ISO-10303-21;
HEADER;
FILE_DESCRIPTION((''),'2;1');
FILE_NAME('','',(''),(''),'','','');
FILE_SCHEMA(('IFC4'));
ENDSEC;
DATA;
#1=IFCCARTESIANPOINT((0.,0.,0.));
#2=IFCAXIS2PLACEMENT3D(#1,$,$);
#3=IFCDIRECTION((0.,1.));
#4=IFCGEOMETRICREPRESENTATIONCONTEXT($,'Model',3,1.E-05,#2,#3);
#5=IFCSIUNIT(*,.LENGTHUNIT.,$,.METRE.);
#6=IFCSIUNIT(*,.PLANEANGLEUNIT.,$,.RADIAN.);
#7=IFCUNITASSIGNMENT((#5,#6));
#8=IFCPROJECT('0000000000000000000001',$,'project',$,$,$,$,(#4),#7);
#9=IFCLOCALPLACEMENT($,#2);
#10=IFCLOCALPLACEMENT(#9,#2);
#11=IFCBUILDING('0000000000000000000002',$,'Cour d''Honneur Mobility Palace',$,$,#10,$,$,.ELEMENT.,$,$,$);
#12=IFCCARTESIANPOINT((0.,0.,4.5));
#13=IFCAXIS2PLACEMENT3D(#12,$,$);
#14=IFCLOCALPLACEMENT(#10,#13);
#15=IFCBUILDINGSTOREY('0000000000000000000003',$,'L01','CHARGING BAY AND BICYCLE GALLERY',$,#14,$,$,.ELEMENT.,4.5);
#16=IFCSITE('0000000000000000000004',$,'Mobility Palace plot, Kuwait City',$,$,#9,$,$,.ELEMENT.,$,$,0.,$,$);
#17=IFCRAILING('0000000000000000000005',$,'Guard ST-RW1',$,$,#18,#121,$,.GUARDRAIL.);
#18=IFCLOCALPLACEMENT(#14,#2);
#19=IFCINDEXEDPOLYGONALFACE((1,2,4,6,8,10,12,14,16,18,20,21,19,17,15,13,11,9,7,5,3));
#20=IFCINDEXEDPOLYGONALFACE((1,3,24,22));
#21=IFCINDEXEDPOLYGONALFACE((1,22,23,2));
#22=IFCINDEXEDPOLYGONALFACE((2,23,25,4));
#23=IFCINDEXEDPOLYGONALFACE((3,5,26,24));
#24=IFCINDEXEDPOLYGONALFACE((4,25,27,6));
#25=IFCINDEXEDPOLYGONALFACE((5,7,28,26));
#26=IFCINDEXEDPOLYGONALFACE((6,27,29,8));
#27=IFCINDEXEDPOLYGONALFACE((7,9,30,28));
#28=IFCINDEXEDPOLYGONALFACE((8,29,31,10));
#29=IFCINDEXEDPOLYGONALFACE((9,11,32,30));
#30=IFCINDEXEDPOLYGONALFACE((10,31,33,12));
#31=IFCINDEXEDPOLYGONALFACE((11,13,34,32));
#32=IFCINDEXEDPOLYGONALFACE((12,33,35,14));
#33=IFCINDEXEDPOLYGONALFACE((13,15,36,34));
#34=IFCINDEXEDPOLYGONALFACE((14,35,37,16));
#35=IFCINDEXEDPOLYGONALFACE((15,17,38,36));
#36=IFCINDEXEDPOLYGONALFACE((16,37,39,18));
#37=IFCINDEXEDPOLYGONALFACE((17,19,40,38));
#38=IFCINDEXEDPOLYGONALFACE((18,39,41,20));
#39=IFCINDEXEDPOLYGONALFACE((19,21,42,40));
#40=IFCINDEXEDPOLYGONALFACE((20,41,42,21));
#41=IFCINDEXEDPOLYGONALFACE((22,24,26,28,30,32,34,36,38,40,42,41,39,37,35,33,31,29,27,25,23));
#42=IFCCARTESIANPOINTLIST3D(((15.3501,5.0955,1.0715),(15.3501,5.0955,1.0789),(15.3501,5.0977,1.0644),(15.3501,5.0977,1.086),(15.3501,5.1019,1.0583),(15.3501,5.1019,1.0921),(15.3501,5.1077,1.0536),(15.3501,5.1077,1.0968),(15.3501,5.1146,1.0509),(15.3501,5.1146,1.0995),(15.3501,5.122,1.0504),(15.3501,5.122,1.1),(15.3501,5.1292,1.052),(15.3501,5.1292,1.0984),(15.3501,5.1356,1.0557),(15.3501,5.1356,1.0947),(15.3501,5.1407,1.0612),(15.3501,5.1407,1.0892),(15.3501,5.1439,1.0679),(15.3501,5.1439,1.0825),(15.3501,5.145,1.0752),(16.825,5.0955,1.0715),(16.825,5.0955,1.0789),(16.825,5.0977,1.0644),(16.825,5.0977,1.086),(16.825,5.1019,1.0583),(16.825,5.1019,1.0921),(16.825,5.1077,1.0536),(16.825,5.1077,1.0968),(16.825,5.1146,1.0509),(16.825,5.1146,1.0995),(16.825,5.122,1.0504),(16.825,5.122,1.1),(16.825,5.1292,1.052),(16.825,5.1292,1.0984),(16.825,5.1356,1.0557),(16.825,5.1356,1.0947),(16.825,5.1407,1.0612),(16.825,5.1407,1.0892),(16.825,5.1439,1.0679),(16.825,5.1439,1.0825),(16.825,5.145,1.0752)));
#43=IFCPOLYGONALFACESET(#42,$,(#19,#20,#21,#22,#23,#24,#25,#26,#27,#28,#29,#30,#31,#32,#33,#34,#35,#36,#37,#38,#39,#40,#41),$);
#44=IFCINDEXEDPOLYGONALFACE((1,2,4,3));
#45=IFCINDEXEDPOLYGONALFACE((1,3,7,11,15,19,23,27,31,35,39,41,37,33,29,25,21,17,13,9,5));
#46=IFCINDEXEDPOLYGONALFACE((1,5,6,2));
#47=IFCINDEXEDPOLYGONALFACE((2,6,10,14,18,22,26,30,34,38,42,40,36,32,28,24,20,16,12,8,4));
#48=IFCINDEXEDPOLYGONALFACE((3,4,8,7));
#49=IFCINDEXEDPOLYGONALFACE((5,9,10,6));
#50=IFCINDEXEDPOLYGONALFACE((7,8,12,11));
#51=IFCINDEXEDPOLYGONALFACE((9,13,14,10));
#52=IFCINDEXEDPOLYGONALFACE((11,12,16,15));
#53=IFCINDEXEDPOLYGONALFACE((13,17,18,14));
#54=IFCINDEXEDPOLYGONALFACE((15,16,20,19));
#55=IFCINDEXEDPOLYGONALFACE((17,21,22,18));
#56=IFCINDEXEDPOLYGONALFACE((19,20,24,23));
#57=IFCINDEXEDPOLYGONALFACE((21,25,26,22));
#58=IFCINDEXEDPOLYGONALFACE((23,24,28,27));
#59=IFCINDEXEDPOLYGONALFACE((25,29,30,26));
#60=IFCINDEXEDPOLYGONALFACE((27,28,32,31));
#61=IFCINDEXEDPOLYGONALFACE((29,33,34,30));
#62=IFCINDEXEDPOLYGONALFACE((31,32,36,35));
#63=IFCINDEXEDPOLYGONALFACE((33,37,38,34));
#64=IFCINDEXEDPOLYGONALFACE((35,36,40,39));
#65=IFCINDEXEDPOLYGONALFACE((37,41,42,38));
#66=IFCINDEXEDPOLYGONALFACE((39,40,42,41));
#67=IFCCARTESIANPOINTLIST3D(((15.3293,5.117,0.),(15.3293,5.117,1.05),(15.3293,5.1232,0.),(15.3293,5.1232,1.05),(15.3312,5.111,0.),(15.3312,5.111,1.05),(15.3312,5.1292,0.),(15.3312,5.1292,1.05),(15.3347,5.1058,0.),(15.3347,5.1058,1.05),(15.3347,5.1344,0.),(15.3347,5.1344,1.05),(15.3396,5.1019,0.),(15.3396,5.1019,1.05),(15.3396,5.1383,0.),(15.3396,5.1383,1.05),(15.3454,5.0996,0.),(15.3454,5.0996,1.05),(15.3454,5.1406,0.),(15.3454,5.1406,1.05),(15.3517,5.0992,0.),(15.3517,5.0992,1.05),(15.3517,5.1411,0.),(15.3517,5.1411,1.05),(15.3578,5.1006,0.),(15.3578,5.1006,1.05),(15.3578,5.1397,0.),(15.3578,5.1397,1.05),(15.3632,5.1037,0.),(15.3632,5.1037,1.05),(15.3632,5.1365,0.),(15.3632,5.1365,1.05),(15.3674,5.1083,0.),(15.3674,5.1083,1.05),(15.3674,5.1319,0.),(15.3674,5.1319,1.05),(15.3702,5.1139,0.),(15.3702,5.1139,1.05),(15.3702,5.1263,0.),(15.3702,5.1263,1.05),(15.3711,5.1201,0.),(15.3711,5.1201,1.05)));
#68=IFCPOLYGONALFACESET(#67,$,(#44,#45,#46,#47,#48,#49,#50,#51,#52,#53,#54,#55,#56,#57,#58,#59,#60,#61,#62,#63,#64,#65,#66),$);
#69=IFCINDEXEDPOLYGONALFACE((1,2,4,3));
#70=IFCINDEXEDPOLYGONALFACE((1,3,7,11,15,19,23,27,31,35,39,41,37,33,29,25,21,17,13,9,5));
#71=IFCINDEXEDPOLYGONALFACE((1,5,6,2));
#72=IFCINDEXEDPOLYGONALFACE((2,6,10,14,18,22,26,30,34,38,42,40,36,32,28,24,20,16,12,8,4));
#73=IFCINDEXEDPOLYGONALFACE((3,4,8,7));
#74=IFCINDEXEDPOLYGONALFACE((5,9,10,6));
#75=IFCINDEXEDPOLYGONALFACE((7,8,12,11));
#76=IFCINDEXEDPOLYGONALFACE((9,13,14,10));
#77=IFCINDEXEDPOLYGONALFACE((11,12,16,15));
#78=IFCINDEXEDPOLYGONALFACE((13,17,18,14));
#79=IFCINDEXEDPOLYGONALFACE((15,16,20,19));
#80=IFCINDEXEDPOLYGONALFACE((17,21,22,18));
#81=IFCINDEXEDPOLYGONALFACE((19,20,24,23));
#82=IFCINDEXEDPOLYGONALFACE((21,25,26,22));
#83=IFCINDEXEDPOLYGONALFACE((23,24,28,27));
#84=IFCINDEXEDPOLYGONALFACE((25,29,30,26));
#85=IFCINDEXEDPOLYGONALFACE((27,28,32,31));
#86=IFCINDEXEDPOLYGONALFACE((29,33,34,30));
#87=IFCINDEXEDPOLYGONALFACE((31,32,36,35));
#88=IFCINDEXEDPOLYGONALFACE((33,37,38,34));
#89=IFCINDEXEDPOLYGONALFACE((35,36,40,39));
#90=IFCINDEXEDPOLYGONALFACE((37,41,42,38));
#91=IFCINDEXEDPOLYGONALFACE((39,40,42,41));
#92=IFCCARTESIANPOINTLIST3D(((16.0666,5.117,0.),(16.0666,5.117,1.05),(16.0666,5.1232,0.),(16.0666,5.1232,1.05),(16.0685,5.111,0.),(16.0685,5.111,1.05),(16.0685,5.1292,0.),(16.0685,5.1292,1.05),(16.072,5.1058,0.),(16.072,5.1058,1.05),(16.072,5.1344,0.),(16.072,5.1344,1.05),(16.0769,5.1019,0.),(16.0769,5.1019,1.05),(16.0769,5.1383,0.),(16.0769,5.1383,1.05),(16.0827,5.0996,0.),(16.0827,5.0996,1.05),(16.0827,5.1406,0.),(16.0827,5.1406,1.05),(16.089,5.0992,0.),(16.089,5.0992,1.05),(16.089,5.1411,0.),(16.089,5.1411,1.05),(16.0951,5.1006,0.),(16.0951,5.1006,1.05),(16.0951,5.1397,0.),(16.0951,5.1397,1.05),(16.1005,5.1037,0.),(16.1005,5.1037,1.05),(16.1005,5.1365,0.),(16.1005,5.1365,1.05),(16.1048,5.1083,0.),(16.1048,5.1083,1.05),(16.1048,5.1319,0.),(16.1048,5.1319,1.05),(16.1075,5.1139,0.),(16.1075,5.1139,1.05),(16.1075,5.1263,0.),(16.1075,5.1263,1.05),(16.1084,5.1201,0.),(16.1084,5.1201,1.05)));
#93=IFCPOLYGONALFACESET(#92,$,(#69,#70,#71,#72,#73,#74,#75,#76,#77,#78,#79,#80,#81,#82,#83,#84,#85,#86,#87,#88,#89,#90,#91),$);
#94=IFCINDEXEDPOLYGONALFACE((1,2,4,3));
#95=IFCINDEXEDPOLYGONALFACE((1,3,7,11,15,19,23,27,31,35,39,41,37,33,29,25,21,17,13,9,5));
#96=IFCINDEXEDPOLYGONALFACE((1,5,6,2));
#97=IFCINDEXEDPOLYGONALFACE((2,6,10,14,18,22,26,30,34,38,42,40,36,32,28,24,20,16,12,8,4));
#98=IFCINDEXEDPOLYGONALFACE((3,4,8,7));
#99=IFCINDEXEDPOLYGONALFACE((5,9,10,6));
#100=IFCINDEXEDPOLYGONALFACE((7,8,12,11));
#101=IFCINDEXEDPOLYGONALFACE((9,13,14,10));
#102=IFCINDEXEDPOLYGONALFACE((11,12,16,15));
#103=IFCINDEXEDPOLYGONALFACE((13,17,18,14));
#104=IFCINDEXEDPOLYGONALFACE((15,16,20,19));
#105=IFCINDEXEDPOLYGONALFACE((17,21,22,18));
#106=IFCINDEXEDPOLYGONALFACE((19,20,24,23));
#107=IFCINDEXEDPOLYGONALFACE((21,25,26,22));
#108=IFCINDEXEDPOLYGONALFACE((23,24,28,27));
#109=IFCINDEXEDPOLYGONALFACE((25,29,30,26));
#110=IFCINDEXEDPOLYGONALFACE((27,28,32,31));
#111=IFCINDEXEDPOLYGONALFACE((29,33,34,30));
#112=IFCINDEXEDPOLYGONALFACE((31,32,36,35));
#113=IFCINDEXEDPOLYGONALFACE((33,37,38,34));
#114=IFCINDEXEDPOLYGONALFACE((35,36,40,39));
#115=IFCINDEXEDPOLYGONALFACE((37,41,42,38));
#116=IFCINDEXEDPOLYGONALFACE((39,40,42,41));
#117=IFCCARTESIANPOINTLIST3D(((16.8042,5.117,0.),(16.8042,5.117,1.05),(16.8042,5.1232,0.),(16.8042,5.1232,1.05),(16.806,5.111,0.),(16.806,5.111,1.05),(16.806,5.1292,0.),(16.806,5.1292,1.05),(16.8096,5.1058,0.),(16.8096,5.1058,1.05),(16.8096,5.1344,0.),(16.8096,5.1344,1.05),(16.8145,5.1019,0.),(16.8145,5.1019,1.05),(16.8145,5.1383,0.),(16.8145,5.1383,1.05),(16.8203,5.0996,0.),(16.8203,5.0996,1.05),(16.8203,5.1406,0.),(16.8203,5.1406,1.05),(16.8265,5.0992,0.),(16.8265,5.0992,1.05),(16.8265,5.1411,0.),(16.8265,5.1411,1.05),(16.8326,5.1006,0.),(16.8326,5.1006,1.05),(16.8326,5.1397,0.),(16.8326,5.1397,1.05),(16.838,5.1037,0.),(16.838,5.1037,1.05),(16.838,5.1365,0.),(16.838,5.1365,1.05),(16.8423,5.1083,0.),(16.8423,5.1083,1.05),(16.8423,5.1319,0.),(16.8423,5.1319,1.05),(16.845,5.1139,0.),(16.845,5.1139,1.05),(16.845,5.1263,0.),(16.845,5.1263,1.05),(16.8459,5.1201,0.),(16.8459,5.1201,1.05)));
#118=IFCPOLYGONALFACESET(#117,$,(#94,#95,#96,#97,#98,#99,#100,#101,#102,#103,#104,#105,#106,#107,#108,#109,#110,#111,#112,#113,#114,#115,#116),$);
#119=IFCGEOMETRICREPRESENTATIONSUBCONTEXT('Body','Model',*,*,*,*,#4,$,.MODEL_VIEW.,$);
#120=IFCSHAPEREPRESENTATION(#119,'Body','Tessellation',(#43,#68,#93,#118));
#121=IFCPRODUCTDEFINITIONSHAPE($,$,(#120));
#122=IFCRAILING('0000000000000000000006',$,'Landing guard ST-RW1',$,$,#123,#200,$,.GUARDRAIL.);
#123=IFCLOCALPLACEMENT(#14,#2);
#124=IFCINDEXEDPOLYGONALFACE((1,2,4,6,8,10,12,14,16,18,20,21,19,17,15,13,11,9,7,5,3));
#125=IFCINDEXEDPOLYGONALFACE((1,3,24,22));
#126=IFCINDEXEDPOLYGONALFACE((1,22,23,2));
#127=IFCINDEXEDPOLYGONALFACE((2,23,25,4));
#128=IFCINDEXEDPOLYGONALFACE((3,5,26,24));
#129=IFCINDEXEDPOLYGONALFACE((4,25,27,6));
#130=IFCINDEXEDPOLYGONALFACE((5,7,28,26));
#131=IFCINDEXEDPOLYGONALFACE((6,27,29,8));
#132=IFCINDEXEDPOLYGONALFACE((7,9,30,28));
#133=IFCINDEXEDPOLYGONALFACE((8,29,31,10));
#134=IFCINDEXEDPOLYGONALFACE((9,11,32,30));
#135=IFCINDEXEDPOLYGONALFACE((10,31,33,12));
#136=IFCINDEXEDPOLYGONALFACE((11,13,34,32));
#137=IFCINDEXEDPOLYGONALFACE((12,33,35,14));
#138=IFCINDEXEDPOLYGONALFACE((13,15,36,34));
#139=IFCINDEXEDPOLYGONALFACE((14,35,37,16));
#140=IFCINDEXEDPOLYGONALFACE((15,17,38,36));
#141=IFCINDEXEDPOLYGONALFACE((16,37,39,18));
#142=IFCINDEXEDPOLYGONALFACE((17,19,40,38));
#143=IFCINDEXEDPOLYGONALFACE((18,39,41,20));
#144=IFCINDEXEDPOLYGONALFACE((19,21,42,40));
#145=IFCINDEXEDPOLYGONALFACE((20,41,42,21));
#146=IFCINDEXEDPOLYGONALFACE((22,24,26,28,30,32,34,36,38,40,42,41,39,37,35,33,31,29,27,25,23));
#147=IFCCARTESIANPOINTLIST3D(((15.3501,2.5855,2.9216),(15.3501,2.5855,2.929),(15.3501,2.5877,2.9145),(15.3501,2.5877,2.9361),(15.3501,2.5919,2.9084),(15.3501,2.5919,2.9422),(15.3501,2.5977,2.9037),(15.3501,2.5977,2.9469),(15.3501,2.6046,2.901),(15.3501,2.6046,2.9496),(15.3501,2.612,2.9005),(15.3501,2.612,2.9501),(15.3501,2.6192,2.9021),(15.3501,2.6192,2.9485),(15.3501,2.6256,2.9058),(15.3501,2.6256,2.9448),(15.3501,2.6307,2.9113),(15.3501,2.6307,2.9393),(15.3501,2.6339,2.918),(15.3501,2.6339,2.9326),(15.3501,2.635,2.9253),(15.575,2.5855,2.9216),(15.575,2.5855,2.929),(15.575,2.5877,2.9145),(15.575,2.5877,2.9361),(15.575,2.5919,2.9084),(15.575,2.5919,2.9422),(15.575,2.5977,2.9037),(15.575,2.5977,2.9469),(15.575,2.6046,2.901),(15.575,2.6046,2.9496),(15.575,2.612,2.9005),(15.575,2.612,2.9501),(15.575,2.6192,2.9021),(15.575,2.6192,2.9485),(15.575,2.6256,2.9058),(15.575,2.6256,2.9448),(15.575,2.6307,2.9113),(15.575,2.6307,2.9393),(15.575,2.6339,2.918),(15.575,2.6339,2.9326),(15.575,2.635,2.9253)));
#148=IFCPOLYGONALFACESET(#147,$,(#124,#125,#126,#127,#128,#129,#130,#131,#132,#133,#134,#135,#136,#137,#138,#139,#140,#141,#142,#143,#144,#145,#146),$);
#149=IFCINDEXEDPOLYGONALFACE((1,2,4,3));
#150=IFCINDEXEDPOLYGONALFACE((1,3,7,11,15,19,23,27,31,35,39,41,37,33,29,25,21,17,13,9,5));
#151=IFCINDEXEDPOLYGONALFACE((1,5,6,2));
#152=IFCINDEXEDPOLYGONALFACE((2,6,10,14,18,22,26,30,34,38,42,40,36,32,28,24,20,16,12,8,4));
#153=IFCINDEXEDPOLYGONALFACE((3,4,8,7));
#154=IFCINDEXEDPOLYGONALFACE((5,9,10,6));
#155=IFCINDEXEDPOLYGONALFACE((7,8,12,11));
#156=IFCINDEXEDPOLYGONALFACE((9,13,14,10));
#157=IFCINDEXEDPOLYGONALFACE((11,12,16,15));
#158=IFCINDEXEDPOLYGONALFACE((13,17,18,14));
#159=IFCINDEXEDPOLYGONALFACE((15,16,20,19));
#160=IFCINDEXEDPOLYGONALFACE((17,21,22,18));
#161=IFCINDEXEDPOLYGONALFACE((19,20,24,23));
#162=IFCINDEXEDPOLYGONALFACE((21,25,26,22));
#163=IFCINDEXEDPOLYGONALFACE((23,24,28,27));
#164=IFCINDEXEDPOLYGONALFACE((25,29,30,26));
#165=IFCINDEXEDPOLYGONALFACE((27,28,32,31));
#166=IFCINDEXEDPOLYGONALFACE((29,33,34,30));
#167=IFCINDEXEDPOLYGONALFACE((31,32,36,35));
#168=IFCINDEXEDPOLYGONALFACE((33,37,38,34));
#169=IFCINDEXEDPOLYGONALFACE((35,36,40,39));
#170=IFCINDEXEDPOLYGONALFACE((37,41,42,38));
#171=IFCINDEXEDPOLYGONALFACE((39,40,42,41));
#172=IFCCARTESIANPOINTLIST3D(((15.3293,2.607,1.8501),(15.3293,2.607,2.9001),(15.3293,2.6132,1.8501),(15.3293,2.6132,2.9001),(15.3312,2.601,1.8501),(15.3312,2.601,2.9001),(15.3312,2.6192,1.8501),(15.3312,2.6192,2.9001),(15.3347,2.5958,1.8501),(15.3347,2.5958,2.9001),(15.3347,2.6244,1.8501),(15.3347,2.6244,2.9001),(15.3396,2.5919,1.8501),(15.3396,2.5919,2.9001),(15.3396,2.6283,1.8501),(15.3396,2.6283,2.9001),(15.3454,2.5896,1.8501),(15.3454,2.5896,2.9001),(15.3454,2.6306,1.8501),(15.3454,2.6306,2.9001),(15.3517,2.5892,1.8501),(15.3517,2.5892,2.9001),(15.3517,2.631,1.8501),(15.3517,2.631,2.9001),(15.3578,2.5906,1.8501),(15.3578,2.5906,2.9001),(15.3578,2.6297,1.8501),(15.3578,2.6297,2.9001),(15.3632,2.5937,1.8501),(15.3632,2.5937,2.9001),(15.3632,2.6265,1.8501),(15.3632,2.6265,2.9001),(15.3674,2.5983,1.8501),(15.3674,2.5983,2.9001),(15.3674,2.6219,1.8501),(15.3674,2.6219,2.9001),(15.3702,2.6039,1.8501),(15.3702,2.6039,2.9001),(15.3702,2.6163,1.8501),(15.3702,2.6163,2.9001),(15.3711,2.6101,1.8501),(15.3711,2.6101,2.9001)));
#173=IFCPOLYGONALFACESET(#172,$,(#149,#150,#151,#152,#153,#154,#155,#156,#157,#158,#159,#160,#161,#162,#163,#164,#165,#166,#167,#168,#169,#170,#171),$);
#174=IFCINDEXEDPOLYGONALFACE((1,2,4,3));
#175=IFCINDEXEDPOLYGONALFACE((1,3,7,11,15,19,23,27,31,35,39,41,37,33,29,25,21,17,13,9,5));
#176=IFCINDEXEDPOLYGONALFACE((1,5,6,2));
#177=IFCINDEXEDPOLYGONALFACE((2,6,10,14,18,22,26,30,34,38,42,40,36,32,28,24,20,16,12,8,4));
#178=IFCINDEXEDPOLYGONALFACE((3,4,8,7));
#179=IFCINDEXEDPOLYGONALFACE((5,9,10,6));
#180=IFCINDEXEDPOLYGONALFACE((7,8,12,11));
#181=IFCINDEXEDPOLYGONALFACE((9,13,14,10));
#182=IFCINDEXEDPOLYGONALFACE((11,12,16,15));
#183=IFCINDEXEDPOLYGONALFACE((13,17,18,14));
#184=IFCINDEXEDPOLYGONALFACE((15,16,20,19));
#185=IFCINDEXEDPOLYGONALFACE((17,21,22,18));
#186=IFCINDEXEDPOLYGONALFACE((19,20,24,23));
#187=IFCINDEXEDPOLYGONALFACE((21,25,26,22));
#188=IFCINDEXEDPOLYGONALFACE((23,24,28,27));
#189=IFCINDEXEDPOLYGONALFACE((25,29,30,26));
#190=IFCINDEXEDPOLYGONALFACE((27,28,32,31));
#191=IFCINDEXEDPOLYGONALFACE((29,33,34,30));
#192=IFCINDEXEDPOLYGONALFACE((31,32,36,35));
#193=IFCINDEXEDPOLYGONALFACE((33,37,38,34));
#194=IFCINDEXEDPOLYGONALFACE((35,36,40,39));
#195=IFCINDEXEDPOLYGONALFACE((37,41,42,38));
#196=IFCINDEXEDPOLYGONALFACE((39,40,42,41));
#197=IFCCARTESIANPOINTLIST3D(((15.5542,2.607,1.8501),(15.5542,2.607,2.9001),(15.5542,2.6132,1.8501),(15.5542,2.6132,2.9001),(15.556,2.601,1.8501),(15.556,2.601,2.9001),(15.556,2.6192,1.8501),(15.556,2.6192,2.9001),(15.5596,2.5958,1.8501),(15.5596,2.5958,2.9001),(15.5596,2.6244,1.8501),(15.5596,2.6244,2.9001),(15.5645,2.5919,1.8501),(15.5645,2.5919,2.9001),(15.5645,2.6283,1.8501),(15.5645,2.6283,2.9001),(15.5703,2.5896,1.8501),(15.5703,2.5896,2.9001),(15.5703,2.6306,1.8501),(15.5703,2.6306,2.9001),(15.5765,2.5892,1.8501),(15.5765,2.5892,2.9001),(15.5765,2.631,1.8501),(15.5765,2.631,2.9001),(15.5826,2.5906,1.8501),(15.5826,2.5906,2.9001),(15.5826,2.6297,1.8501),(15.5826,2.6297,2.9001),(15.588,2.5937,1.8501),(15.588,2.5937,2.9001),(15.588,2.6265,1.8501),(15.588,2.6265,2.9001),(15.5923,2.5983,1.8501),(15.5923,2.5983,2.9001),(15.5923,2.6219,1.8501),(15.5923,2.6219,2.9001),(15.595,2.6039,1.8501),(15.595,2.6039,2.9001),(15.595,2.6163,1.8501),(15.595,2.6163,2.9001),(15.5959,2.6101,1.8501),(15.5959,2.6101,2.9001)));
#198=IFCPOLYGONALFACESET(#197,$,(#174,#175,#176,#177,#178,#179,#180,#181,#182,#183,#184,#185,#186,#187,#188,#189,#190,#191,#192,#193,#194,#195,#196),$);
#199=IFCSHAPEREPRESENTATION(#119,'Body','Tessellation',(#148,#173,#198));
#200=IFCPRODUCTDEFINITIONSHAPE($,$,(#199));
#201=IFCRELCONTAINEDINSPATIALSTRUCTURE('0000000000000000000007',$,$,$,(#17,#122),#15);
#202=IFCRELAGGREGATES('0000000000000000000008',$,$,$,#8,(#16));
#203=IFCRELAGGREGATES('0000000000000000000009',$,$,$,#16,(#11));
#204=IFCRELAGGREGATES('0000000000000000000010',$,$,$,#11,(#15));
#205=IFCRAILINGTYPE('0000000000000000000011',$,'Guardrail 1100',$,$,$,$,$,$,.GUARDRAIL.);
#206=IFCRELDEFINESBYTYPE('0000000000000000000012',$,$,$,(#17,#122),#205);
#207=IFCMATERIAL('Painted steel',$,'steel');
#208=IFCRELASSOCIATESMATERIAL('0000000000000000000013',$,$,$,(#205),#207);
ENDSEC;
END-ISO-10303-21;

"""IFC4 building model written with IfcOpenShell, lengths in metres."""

from ifc_helpers import new_model, si_unit, direction, frame, origin, origin_2d, place, context, subcontext, project, spatial, circle, extrude, material, type_object, element, save


model = new_model("IFC4")

# Units and contexts
model_context = context("Model", 3, precision=1e-05, world=origin(), true_north=direction((0.0, 1.0)))
body_context = subcontext(model_context, "Body", "Model", "MODEL_VIEW")
ifc_project = project(units=[si_unit("LENGTHUNIT", "METRE"), si_unit("PLANEANGLEUNIT", "RADIAN")], contexts=[model_context])

# Site, building, storey
site_placement = place(None, origin())
site = spatial("IfcSite", under=ifc_project, at=site_placement, Name="Mobility Palace plot, Kuwait City", CompositionType="ELEMENT", RefElevation=0.0)
building_placement = place(site_placement, origin())
building = spatial("IfcBuilding", under=site, at=building_placement, Name="Cour d'Honneur Mobility Palace", CompositionType="ELEMENT")
storey_placement = place(building_placement, frame((0.0, 0.0, 4.5)))
storey = spatial("IfcBuildingStorey", under=building, at=storey_placement, Name="L01", Description="CHARGING BAY AND BICYCLE GALLERY", CompositionType="ELEMENT", Elevation=4.5)

# Railings
ifc_material_1 = material(Name="Painted steel", Category="steel")
railing_type_1 = type_object("IfcRailingType", Name="Guardrail 1100", PredefinedType="GUARDRAIL", material=ifc_material_1)
railing_1_placement = place(storey_placement, frame((15.3501, 5.1201, 0.0)))
element("IfcRailing", 1, at=railing_1_placement, inside=storey, type_object=railing_type_1, Name="Guard ST-RW1", PredefinedType="GUARDRAIL", context=body_context, shape_type="SweptSolid", body=[
    extrude(circle(Radius=0.0249, at=origin_2d()), frame((0.0, 0.0, 1.0752), z_axis=(1.0, 0.0, 0.0), x_axis=(0.0, 1.0, 0.0)), (0.0, 0.0, 1.0), 1.4749),
    extrude(circle(Radius=0.021, at=origin_2d()), origin(), (0.0, 0.0, 1.0), 1.05),
    extrude(circle(Radius=0.021, at=origin_2d()), frame((0.7373, 0.0, 0.0)), (0.0, 0.0, 1.0), 1.05),
    extrude(circle(Radius=0.021, at=origin_2d()), frame((1.4749, 0.0, 0.0)), (0.0, 0.0, 1.0), 1.05),
])
railing_2_placement = place(storey_placement, frame((15.3501, 2.6101, 1.8501)))
element("IfcRailing", 2, at=railing_2_placement, inside=storey, type_object=railing_type_1, Name="Landing guard ST-RW1", PredefinedType="GUARDRAIL", context=body_context, shape_type="SweptSolid", body=[
    extrude(circle(Radius=0.0249, at=origin_2d()), frame((0.0, 0.0, 1.0752), z_axis=(1.0, 0.0, 0.0), x_axis=(0.0, 1.0, 0.0)), (0.0, 0.0, 1.0), 0.2249),
    extrude(circle(Radius=0.021, at=origin_2d()), origin(), (0.0, 0.0, 1.0), 1.05),
    extrude(circle(Radius=0.021, at=origin_2d()), frame((0.2249, 0.0, 0.0)), (0.0, 0.0, 1.0), 1.05),
])

save(model, "model.ifc")
